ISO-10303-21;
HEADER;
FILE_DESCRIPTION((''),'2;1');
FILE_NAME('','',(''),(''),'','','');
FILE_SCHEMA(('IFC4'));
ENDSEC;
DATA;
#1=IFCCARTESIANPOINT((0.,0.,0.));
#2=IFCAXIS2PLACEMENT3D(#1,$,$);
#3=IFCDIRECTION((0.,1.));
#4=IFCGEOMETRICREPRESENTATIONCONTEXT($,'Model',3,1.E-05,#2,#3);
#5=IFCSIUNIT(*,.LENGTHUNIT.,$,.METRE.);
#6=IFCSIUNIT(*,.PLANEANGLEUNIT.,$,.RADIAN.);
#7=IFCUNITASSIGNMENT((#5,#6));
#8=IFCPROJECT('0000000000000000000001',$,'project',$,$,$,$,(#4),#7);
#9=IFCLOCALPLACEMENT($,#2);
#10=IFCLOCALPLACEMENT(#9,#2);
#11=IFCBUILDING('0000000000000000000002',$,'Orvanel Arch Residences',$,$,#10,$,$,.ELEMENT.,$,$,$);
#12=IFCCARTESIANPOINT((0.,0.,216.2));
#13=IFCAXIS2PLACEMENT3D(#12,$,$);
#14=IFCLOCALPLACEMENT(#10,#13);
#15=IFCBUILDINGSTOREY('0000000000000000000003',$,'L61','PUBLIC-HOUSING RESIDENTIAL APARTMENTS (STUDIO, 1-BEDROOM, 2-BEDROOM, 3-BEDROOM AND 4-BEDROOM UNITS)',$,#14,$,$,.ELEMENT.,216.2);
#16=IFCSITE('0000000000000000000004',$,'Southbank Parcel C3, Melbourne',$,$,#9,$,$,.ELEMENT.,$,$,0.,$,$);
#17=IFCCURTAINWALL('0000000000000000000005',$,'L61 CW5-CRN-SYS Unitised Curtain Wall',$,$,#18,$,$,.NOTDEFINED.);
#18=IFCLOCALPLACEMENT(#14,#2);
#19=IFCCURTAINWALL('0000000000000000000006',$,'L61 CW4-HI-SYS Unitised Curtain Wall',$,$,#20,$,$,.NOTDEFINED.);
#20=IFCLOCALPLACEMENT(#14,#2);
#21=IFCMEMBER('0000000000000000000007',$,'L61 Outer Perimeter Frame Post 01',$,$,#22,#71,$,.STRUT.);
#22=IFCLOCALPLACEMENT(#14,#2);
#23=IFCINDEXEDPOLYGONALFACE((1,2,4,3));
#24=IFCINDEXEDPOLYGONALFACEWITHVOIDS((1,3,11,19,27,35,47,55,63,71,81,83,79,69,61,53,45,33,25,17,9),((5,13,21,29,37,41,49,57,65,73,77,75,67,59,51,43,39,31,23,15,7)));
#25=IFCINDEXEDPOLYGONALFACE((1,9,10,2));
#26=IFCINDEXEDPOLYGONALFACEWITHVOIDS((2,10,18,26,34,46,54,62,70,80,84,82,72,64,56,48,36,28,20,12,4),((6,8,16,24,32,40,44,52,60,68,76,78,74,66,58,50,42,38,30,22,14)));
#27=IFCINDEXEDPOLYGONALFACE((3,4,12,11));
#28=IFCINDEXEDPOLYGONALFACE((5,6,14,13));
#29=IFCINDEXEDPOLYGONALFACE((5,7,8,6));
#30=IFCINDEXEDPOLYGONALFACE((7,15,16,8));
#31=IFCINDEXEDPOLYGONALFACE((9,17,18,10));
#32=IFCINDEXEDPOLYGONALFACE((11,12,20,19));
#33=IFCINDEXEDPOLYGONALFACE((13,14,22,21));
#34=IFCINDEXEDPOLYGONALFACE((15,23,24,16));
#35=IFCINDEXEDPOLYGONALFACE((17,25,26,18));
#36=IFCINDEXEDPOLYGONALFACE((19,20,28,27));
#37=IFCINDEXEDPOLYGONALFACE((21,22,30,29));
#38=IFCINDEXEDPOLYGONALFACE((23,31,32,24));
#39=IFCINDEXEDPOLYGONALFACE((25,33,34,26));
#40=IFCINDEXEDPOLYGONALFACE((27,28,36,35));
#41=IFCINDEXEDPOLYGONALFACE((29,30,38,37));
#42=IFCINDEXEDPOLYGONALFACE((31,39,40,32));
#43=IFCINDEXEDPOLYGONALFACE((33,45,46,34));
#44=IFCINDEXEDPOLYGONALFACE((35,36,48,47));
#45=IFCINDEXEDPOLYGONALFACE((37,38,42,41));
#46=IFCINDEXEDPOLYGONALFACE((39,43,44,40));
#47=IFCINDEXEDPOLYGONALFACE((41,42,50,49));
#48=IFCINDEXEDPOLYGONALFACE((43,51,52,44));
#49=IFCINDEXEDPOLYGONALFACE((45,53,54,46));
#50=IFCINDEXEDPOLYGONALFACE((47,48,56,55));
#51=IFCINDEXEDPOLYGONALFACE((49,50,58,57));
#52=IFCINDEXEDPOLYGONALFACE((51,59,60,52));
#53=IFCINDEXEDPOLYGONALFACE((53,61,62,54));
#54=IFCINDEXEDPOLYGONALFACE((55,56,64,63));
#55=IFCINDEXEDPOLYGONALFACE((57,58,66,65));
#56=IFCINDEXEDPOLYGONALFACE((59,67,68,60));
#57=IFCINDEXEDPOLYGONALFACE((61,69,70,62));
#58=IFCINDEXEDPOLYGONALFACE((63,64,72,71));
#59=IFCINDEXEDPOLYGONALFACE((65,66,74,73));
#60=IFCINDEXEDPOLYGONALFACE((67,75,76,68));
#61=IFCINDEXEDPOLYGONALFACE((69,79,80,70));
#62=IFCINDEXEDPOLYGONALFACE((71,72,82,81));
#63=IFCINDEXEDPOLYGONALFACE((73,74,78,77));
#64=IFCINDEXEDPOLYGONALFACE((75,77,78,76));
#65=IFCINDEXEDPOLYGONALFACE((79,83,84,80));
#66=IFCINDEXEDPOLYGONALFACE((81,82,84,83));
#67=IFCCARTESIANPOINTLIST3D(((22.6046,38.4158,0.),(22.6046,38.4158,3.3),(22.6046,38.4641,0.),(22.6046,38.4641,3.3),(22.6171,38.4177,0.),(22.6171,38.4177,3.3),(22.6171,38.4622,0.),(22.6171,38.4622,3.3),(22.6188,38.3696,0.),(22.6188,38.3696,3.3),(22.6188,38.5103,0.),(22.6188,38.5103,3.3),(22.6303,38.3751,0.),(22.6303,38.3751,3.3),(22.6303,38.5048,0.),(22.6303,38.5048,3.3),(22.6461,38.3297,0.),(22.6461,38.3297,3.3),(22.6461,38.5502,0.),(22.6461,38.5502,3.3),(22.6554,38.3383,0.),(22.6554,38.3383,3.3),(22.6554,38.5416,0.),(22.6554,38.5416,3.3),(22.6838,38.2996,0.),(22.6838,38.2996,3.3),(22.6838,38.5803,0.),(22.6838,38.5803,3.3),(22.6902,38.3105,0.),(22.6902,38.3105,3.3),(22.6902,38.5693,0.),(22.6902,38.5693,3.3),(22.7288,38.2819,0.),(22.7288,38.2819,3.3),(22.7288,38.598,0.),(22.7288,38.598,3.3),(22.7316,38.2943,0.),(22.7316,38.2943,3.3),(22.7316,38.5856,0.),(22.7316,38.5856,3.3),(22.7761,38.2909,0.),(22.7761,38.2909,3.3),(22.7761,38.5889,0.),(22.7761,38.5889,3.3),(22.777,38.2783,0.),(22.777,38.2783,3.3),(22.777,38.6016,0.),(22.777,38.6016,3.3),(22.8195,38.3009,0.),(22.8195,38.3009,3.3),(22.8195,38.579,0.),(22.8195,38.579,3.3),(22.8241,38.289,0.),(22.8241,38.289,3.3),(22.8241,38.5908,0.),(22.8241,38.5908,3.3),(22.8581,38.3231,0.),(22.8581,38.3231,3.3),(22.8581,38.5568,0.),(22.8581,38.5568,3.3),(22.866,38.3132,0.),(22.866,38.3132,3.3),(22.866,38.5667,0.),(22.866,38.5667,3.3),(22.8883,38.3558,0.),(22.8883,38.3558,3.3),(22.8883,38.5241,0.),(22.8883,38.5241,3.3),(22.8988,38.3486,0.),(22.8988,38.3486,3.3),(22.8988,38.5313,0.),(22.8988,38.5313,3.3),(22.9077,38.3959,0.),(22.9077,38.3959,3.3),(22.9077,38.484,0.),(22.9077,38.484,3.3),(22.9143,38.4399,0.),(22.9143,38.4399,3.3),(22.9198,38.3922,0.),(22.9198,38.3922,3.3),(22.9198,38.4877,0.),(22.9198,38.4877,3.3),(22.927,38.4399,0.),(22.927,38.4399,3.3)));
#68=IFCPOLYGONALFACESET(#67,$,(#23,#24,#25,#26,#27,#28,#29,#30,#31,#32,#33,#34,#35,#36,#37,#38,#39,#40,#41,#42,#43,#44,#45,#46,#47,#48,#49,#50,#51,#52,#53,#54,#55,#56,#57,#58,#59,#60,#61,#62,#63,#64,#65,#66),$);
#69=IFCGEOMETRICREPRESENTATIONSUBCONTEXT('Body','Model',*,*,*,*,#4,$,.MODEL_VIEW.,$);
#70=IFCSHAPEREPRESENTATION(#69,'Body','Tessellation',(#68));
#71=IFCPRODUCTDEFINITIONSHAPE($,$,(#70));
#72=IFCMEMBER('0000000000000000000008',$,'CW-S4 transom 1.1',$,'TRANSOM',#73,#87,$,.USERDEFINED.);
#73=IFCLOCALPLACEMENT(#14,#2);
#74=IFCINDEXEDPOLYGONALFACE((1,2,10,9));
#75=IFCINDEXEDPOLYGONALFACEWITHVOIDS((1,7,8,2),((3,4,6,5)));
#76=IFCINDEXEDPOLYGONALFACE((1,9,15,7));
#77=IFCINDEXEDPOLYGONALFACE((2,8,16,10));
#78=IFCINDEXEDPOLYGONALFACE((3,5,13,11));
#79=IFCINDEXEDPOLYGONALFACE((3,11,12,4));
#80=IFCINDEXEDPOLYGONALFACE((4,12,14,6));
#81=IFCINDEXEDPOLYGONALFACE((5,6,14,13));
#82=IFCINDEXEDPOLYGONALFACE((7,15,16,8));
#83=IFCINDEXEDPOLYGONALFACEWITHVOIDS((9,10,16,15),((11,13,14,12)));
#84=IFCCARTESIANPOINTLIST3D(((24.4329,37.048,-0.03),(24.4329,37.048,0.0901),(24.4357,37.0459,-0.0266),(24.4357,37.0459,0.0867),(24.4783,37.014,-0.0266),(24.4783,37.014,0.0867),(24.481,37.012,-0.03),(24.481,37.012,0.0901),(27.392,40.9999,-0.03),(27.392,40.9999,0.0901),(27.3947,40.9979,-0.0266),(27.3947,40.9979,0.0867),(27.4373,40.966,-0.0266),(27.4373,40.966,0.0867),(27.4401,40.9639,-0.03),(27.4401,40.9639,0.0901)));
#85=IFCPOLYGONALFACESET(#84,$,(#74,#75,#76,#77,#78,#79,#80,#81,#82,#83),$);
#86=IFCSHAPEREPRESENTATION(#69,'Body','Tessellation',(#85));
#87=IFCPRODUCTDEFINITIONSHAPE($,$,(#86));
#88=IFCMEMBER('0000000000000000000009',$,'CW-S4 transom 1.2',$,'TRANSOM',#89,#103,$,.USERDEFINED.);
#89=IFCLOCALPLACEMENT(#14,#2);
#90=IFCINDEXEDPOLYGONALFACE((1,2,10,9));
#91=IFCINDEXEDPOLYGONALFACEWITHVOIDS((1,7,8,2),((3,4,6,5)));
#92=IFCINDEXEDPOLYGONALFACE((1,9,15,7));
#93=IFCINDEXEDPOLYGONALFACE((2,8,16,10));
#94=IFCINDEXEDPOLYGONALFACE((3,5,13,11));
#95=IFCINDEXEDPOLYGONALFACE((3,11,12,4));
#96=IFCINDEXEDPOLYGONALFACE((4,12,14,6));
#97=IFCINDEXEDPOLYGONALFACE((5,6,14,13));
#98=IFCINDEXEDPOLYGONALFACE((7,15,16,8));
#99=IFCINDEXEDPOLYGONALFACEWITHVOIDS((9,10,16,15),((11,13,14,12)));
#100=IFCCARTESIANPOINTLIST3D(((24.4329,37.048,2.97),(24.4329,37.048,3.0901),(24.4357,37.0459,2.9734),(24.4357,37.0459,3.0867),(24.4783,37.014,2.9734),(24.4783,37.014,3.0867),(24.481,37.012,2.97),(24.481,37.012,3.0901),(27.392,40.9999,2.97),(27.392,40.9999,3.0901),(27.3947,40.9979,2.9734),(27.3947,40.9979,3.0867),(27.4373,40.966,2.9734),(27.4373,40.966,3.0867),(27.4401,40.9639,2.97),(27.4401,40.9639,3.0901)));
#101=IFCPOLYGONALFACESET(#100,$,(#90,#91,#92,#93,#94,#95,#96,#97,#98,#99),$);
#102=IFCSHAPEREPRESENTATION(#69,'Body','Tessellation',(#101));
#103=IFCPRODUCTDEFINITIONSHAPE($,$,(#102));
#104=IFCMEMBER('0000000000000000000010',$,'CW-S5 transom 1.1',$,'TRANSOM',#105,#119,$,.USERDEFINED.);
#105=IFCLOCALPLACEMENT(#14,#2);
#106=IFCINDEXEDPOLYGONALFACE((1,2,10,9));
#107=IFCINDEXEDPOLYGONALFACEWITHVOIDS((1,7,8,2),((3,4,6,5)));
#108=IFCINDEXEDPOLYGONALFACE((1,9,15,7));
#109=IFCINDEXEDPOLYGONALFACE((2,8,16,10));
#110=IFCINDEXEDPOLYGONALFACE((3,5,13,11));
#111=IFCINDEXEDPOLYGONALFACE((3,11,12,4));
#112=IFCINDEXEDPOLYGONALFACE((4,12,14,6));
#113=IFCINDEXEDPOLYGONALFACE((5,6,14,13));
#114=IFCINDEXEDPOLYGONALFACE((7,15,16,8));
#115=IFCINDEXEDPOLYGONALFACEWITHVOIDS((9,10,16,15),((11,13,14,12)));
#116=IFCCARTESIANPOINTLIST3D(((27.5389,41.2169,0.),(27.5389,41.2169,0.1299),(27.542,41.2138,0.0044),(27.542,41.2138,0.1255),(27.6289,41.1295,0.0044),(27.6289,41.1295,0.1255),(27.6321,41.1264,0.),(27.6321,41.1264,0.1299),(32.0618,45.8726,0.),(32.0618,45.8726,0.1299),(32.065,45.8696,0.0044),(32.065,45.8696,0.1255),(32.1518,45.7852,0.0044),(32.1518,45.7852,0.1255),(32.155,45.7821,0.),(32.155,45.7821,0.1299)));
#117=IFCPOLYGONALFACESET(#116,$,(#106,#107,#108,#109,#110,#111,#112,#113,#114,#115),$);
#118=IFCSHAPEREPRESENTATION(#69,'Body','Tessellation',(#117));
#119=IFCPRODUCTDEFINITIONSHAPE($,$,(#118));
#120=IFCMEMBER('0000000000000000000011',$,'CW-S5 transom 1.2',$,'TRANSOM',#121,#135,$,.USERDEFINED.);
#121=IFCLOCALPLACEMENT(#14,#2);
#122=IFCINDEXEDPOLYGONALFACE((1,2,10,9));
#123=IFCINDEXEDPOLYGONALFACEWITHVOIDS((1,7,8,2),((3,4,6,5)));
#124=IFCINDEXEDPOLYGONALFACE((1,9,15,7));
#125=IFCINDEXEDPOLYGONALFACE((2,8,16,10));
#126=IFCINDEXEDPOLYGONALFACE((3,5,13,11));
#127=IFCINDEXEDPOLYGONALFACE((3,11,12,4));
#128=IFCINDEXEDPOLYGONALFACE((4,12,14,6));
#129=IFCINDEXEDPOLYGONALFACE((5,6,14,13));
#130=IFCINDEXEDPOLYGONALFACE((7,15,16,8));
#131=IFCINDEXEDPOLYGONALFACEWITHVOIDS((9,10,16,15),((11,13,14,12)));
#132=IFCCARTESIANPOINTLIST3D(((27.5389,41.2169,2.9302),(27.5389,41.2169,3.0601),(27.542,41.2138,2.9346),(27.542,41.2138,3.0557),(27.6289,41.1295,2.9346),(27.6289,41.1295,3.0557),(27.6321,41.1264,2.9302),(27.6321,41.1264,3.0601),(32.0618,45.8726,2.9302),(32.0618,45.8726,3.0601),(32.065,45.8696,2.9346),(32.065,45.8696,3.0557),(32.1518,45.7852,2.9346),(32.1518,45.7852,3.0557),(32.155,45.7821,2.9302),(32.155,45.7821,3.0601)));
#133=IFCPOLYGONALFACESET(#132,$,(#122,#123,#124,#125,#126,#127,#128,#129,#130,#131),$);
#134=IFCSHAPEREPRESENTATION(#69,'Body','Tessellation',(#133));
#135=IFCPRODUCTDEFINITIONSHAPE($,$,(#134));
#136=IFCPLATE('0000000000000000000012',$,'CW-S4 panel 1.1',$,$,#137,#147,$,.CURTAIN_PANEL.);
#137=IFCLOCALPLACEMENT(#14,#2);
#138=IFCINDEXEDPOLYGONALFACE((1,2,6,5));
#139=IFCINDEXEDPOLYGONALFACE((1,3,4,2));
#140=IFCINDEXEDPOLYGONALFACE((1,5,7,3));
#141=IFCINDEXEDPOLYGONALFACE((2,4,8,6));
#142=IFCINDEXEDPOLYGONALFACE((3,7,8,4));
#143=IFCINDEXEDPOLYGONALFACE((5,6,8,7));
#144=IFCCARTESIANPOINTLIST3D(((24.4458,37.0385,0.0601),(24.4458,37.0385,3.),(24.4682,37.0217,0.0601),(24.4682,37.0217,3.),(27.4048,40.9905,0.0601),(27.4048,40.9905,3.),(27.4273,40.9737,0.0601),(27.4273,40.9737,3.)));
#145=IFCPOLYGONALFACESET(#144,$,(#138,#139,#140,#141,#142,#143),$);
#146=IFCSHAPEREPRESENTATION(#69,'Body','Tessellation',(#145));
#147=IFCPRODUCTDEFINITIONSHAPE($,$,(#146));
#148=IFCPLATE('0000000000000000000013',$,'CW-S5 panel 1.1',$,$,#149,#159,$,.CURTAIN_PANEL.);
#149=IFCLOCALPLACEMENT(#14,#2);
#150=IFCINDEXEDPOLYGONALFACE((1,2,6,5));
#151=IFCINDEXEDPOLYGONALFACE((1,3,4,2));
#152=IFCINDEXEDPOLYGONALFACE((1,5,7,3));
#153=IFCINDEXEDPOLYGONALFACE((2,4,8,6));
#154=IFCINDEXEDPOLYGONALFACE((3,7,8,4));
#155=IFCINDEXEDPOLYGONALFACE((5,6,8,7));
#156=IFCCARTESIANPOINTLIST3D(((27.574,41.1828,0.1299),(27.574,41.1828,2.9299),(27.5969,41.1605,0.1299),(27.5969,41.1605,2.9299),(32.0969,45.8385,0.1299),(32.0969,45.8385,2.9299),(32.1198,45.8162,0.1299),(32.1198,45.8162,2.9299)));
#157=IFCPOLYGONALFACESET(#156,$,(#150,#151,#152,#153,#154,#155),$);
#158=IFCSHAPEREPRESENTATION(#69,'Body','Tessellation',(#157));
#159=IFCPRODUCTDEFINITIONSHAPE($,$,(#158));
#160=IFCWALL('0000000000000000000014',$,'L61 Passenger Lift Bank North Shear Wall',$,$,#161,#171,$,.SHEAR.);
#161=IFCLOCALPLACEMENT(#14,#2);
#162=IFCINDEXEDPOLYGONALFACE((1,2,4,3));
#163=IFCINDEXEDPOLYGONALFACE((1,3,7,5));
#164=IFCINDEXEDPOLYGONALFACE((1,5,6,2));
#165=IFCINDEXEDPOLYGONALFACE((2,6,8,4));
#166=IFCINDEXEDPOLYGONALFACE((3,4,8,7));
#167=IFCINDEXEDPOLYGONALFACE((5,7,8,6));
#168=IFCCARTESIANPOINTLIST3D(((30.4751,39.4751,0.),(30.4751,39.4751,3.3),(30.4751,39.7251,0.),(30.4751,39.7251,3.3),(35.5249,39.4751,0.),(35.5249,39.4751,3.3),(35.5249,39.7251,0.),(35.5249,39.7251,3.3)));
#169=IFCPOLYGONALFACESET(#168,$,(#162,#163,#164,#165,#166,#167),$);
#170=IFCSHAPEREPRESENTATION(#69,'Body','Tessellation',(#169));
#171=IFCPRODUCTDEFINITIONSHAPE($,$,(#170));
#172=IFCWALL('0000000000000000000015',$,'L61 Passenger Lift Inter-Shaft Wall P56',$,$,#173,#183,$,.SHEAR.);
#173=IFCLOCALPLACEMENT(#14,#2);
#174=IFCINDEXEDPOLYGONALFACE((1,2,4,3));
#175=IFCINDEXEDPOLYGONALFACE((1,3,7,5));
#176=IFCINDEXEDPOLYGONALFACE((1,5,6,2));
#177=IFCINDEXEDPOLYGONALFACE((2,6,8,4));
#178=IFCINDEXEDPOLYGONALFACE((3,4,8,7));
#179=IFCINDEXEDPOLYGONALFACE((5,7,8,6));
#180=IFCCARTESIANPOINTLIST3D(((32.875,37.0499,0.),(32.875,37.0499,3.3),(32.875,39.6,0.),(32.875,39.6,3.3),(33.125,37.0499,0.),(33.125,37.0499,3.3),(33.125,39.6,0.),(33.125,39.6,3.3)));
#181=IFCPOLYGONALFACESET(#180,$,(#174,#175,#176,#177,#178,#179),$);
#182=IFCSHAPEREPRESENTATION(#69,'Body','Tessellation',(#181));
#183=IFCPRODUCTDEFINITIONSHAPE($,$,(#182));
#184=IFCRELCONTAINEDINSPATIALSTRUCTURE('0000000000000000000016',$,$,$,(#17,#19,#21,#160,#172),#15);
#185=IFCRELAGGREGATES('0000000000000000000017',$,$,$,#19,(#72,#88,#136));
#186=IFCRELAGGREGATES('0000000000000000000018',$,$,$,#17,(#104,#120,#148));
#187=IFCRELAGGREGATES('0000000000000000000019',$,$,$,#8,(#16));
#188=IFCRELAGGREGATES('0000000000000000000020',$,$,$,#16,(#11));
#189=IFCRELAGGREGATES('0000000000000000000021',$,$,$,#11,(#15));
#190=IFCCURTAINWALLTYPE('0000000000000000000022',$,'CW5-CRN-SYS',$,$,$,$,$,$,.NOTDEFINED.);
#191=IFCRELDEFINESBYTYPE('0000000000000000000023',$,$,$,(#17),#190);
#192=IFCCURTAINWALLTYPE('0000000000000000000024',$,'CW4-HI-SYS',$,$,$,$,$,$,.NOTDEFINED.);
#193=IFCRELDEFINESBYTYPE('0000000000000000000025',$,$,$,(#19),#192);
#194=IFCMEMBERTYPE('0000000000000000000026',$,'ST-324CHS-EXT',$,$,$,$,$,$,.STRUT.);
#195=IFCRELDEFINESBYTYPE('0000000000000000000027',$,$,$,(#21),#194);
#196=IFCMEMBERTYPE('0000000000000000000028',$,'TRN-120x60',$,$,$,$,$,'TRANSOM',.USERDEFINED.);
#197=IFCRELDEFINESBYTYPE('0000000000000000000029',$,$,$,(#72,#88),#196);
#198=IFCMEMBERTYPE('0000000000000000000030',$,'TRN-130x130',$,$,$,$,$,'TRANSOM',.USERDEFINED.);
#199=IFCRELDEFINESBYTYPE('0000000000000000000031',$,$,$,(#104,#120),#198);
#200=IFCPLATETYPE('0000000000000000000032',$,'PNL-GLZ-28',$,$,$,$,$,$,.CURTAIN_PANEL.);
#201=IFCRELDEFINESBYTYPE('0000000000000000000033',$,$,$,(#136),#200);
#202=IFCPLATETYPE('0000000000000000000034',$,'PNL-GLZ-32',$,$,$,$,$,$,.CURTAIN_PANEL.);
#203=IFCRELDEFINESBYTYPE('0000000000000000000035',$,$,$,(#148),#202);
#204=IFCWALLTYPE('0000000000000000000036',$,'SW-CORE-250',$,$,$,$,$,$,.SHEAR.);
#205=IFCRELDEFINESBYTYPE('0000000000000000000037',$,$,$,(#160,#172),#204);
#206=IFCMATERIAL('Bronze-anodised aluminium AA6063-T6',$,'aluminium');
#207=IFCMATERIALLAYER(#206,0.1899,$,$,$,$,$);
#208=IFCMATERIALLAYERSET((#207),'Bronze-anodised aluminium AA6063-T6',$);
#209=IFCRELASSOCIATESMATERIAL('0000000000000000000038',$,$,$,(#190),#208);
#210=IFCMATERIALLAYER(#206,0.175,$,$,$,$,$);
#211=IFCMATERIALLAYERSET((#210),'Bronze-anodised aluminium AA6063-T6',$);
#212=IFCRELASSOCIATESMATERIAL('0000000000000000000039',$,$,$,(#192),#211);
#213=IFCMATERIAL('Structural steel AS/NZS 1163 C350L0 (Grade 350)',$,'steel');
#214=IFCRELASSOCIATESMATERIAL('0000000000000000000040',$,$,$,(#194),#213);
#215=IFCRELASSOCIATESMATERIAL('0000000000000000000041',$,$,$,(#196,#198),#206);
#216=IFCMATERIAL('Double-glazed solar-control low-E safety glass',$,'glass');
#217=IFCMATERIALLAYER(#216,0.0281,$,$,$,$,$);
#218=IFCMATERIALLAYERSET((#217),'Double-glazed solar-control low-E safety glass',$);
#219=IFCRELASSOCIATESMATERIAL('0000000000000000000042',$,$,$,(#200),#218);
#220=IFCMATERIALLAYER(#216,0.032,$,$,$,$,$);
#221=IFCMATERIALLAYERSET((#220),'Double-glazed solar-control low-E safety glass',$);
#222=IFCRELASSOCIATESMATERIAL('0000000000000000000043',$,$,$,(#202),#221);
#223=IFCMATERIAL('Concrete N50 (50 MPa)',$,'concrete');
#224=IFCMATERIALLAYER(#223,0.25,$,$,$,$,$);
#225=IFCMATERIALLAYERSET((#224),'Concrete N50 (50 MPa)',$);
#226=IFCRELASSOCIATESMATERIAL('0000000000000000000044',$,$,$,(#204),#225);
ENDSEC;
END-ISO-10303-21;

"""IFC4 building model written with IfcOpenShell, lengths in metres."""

from ifc_helpers import new_model, si_unit, direction, frame, frame_2d, origin, origin_2d, place, context, subcontext, project, spatial, rectangle, hollow_rectangle, hollow_circle, extrude, material, layer, layer_set, material_profile, profile_set, type_object, element, aggregate, save


model = new_model("IFC4")

# Units and contexts
model_context = context("Model", 3, precision=1e-05, world=origin(), true_north=direction((0.0, 1.0)))
body_context = subcontext(model_context, "Body", "Model", "MODEL_VIEW")
ifc_project = project(units=[si_unit("LENGTHUNIT", "METRE"), si_unit("PLANEANGLEUNIT", "RADIAN")], contexts=[model_context])

# Site, building, storey
site_placement = place(None, origin())
site = spatial("IfcSite", under=ifc_project, at=site_placement, Name="Southbank Parcel C3, Melbourne", CompositionType="ELEMENT", RefElevation=0.0)
building_placement = place(site_placement, origin())
building = spatial("IfcBuilding", under=site, at=building_placement, Name="Orvanel Arch Residences", CompositionType="ELEMENT")
storey_placement = place(building_placement, frame((0.0, 0.0, 216.2)))
storey = spatial("IfcBuildingStorey", under=building, at=storey_placement, Name="L61", Description="PUBLIC-HOUSING RESIDENTIAL APARTMENTS (STUDIO, 1-BEDROOM, 2-BEDROOM, 3-BEDROOM AND 4-BEDROOM UNITS)", CompositionType="ELEMENT", Elevation=216.2)

# Shared definitions
ifc_material_1 = material(Name="Bronze-anodised aluminium AA6063-T6", Category="aluminium")
ifc_layer_1 = layer(ifc_material_1, 0.1899)
ifc_layer_set_1 = layer_set([ifc_layer_1], Name="Bronze-anodised aluminium AA6063-T6")
curtain_wall_type_1 = type_object("IfcCurtainWallType", Name="CW5-CRN-SYS", PredefinedType="NOTDEFINED", material=ifc_layer_set_1)

# Curtain wall
curtain_wall_1_placement = place(storey_placement, origin())
curtain_wall_1 = element("IfcCurtainWall", 1, at=curtain_wall_1_placement, inside=storey, type_object=curtain_wall_type_1, Name="L61 CW5-CRN-SYS Unitised Curtain Wall", PredefinedType="NOTDEFINED")

# Curtain wall
ifc_layer_2 = layer(ifc_material_1, 0.175)
ifc_layer_set_2 = layer_set([ifc_layer_2], Name="Bronze-anodised aluminium AA6063-T6")
curtain_wall_type_2 = type_object("IfcCurtainWallType", Name="CW4-HI-SYS", PredefinedType="NOTDEFINED", material=ifc_layer_set_2)
curtain_wall_2_placement = place(storey_placement, origin())
curtain_wall_2 = element("IfcCurtainWall", 2, at=curtain_wall_2_placement, inside=storey, type_object=curtain_wall_type_2, Name="L61 CW4-HI-SYS Unitised Curtain Wall", PredefinedType="NOTDEFINED")

# Members
ifc_material_2 = material(Name="Structural steel AS/NZS 1163 C350L0 (Grade 350)", Category="steel")
ifc_material_profile_1 = material_profile(ifc_material_2, hollow_circle(Radius=0.1621, WallThickness=0.0127, at=origin_2d()), Name="CHS324x12.7")
ifc_profile_set_1 = profile_set([ifc_material_profile_1], Name="Structural steel AS/NZS 1163 C350L0 (Grade 350)")
member_type_1 = type_object("IfcMemberType", Name="ST-324CHS-EXT", PredefinedType="STRUT", material=ifc_profile_set_1)
member_1_placement = place(storey_placement, frame((22.7649, 38.4399, 0.0), z_axis=(0.0, 0.0, 1.0), x_axis=(1.0, 0.0, 0.0)))
element("IfcMember", 3, at=member_1_placement, inside=storey, type_object=member_type_1, Name="L61 Outer Perimeter Frame Post 01", PredefinedType="STRUT", context=body_context, shape_type="SweptSolid", body=[
    extrude(hollow_circle(Radius=0.1621, WallThickness=0.0127, at=origin_2d()), origin(), (0.0, 0.0, 1.0), 3.3),
])
ifc_material_profile_2 = material_profile(ifc_material_1, hollow_rectangle(XDim=0.0601, YDim=0.1201, WallThickness=0.0034, at=origin_2d()), Name="ALU120x60x3.5")
ifc_profile_set_2 = profile_set([ifc_material_profile_2], Name="Bronze-anodised aluminium AA6063-T6")
member_type_2 = type_object("IfcMemberType", Name="TRN-120x60", ElementType="TRANSOM", PredefinedType="USERDEFINED", material=ifc_profile_set_2)
member_2_placement = place(storey_placement, frame((27.416, 40.9819, 0.03), z_axis=(-0.599359, -0.80048, 0.0), x_axis=(0.80048, -0.599359, 0.0)))
member_2 = element("IfcMember", 4, at=member_2_placement, type_object=member_type_2, Name="CW-S4 transom 1.1", ObjectType="TRANSOM", PredefinedType="USERDEFINED", context=body_context, shape_type="SweptSolid", body=[
    extrude(hollow_rectangle(XDim=0.0601, YDim=0.1201, WallThickness=0.0034, at=origin_2d()), origin(), (0.0, 0.0, 1.0), 4.937),
])
member_3_placement = place(storey_placement, frame((27.416, 40.9819, 3.03), z_axis=(-0.599359, -0.80048, 0.0), x_axis=(0.80048, -0.599359, 0.0)))
member_3 = element("IfcMember", 5, at=member_3_placement, type_object=member_type_2, Name="CW-S4 transom 1.2", ObjectType="TRANSOM", PredefinedType="USERDEFINED", context=body_context, shape_type="SweptSolid", body=[
    extrude(hollow_rectangle(XDim=0.0601, YDim=0.1201, WallThickness=0.0034, at=origin_2d()), origin(), (0.0, 0.0, 1.0), 4.937),
])
ifc_material_profile_3 = material_profile(ifc_material_1, hollow_rectangle(XDim=0.1299, YDim=0.1299, WallThickness=0.0044, at=origin_2d()), Name="ALU130x130x4.5")
ifc_profile_set_3 = profile_set([ifc_material_profile_3], Name="Bronze-anodised aluminium AA6063-T6")
member_type_3 = type_object("IfcMemberType", Name="TRN-130x130", ElementType="TRANSOM", PredefinedType="USERDEFINED", material=ifc_profile_set_3)
member_4_placement = place(storey_placement, frame((32.1084, 45.8274, 0.0649), z_axis=(-0.696802, -0.717263, 0.0), x_axis=(0.717263, -0.696802, 0.0)))
member_4 = element("IfcMember", 6, at=member_4_placement, type_object=member_type_3, Name="CW-S5 transom 1.1", ObjectType="TRANSOM", PredefinedType="USERDEFINED", context=body_context, shape_type="SweptSolid", body=[
    extrude(hollow_rectangle(XDim=0.1299, YDim=0.1299, WallThickness=0.0044, at=origin_2d()), origin(), (0.0, 0.0, 1.0), 6.491),
])
member_5_placement = place(storey_placement, frame((32.1084, 45.8274, 2.9951), z_axis=(-0.696802, -0.717263, 0.0), x_axis=(0.717263, -0.696802, 0.0)))
member_5 = element("IfcMember", 7, at=member_5_placement, type_object=member_type_3, Name="CW-S5 transom 1.2", ObjectType="TRANSOM", PredefinedType="USERDEFINED", context=body_context, shape_type="SweptSolid", body=[
    extrude(hollow_rectangle(XDim=0.1299, YDim=0.1299, WallThickness=0.0044, at=origin_2d()), origin(), (0.0, 0.0, 1.0), 6.491),
])

# Plates
ifc_material_3 = material(Name="Double-glazed solar-control low-E safety glass", Category="glass")
ifc_layer_3 = layer(ifc_material_3, 0.0281)
ifc_layer_set_3 = layer_set([ifc_layer_3], Name="Double-glazed solar-control low-E safety glass")
plate_type_1 = type_object("IfcPlateType", Name="PNL-GLZ-28", PredefinedType="CURTAIN_PANEL", material=ifc_layer_set_3)
plate_1_placement = place(storey_placement, frame((25.9365, 39.0061, 0.0601), z_axis=(0.0, 0.0, 1.0), x_axis=(-0.599364, -0.800476, 0.0)))
plate_1 = element("IfcPlate", 8, at=plate_1_placement, type_object=plate_type_1, Name="CW-S4 panel 1.1", PredefinedType="CURTAIN_PANEL", context=body_context, shape_type="SweptSolid", body=[
    extrude(rectangle(XDim=4.937, YDim=0.0281, at=origin_2d()), origin(), (0.0, 0.0, 1.0), 2.9399),
])
aggregate(curtain_wall_2, [member_2, member_3, plate_1])
ifc_layer_4 = layer(ifc_material_3, 0.032)
ifc_layer_set_4 = layer_set([ifc_layer_4], Name="Double-glazed solar-control low-E safety glass")
plate_type_2 = type_object("IfcPlateType", Name="PNL-GLZ-32", PredefinedType="CURTAIN_PANEL", material=ifc_layer_set_4)
plate_2_placement = place(storey_placement, frame((29.8469, 43.4995, 0.1299), z_axis=(0.0, 0.0, 1.0), x_axis=(-0.696799, -0.717267, 0.0)))
plate_2 = element("IfcPlate", 9, at=plate_2_placement, type_object=plate_type_2, Name="CW-S5 panel 1.1", PredefinedType="CURTAIN_PANEL", context=body_context, shape_type="SweptSolid", body=[
    extrude(rectangle(XDim=6.491, YDim=0.032, at=origin_2d()), origin(), (0.0, 0.0, 1.0), 2.8),
])
aggregate(curtain_wall_1, [member_4, member_5, plate_2])

# Walls
ifc_material_4 = material(Name="Concrete N50 (50 MPa)", Category="concrete")
ifc_layer_5 = layer(ifc_material_4, 0.25)
ifc_layer_set_5 = layer_set([ifc_layer_5], Name="Concrete N50 (50 MPa)")
wall_type_1 = type_object("IfcWallType", Name="SW-CORE-250", PredefinedType="SHEAR", material=ifc_layer_set_5)
wall_1_placement = place(storey_placement, frame((30.4751, 39.6001, 0.0), z_axis=(0.0, 0.0, 1.0), x_axis=(1.0, 0.0, 0.0)))
element("IfcWall", 10, at=wall_1_placement, inside=storey, type_object=wall_type_1, Name="L61 Passenger Lift Bank North Shear Wall", PredefinedType="SHEAR", context=body_context, shape_type="SweptSolid", body=[
    extrude(rectangle(XDim=5.0498, YDim=0.25, at=frame_2d((2.5249, 0.0))), origin(), (0.0, 0.0, 1.0), 3.3),
])
wall_2_placement = place(storey_placement, frame((33.0, 37.05, 0.0), z_axis=(0.0, 0.0, 1.0), x_axis=(0.0, 1.0, 0.0)))
element("IfcWall", 11, at=wall_2_placement, inside=storey, type_object=wall_type_1, Name="L61 Passenger Lift Inter-Shaft Wall P56", PredefinedType="SHEAR", context=body_context, shape_type="SweptSolid", body=[
    extrude(rectangle(XDim=2.55, YDim=0.25, at=frame_2d((1.2749, 0.0))), origin(), (0.0, 0.0, 1.0), 3.3),
])

save(model, "model.ifc")
